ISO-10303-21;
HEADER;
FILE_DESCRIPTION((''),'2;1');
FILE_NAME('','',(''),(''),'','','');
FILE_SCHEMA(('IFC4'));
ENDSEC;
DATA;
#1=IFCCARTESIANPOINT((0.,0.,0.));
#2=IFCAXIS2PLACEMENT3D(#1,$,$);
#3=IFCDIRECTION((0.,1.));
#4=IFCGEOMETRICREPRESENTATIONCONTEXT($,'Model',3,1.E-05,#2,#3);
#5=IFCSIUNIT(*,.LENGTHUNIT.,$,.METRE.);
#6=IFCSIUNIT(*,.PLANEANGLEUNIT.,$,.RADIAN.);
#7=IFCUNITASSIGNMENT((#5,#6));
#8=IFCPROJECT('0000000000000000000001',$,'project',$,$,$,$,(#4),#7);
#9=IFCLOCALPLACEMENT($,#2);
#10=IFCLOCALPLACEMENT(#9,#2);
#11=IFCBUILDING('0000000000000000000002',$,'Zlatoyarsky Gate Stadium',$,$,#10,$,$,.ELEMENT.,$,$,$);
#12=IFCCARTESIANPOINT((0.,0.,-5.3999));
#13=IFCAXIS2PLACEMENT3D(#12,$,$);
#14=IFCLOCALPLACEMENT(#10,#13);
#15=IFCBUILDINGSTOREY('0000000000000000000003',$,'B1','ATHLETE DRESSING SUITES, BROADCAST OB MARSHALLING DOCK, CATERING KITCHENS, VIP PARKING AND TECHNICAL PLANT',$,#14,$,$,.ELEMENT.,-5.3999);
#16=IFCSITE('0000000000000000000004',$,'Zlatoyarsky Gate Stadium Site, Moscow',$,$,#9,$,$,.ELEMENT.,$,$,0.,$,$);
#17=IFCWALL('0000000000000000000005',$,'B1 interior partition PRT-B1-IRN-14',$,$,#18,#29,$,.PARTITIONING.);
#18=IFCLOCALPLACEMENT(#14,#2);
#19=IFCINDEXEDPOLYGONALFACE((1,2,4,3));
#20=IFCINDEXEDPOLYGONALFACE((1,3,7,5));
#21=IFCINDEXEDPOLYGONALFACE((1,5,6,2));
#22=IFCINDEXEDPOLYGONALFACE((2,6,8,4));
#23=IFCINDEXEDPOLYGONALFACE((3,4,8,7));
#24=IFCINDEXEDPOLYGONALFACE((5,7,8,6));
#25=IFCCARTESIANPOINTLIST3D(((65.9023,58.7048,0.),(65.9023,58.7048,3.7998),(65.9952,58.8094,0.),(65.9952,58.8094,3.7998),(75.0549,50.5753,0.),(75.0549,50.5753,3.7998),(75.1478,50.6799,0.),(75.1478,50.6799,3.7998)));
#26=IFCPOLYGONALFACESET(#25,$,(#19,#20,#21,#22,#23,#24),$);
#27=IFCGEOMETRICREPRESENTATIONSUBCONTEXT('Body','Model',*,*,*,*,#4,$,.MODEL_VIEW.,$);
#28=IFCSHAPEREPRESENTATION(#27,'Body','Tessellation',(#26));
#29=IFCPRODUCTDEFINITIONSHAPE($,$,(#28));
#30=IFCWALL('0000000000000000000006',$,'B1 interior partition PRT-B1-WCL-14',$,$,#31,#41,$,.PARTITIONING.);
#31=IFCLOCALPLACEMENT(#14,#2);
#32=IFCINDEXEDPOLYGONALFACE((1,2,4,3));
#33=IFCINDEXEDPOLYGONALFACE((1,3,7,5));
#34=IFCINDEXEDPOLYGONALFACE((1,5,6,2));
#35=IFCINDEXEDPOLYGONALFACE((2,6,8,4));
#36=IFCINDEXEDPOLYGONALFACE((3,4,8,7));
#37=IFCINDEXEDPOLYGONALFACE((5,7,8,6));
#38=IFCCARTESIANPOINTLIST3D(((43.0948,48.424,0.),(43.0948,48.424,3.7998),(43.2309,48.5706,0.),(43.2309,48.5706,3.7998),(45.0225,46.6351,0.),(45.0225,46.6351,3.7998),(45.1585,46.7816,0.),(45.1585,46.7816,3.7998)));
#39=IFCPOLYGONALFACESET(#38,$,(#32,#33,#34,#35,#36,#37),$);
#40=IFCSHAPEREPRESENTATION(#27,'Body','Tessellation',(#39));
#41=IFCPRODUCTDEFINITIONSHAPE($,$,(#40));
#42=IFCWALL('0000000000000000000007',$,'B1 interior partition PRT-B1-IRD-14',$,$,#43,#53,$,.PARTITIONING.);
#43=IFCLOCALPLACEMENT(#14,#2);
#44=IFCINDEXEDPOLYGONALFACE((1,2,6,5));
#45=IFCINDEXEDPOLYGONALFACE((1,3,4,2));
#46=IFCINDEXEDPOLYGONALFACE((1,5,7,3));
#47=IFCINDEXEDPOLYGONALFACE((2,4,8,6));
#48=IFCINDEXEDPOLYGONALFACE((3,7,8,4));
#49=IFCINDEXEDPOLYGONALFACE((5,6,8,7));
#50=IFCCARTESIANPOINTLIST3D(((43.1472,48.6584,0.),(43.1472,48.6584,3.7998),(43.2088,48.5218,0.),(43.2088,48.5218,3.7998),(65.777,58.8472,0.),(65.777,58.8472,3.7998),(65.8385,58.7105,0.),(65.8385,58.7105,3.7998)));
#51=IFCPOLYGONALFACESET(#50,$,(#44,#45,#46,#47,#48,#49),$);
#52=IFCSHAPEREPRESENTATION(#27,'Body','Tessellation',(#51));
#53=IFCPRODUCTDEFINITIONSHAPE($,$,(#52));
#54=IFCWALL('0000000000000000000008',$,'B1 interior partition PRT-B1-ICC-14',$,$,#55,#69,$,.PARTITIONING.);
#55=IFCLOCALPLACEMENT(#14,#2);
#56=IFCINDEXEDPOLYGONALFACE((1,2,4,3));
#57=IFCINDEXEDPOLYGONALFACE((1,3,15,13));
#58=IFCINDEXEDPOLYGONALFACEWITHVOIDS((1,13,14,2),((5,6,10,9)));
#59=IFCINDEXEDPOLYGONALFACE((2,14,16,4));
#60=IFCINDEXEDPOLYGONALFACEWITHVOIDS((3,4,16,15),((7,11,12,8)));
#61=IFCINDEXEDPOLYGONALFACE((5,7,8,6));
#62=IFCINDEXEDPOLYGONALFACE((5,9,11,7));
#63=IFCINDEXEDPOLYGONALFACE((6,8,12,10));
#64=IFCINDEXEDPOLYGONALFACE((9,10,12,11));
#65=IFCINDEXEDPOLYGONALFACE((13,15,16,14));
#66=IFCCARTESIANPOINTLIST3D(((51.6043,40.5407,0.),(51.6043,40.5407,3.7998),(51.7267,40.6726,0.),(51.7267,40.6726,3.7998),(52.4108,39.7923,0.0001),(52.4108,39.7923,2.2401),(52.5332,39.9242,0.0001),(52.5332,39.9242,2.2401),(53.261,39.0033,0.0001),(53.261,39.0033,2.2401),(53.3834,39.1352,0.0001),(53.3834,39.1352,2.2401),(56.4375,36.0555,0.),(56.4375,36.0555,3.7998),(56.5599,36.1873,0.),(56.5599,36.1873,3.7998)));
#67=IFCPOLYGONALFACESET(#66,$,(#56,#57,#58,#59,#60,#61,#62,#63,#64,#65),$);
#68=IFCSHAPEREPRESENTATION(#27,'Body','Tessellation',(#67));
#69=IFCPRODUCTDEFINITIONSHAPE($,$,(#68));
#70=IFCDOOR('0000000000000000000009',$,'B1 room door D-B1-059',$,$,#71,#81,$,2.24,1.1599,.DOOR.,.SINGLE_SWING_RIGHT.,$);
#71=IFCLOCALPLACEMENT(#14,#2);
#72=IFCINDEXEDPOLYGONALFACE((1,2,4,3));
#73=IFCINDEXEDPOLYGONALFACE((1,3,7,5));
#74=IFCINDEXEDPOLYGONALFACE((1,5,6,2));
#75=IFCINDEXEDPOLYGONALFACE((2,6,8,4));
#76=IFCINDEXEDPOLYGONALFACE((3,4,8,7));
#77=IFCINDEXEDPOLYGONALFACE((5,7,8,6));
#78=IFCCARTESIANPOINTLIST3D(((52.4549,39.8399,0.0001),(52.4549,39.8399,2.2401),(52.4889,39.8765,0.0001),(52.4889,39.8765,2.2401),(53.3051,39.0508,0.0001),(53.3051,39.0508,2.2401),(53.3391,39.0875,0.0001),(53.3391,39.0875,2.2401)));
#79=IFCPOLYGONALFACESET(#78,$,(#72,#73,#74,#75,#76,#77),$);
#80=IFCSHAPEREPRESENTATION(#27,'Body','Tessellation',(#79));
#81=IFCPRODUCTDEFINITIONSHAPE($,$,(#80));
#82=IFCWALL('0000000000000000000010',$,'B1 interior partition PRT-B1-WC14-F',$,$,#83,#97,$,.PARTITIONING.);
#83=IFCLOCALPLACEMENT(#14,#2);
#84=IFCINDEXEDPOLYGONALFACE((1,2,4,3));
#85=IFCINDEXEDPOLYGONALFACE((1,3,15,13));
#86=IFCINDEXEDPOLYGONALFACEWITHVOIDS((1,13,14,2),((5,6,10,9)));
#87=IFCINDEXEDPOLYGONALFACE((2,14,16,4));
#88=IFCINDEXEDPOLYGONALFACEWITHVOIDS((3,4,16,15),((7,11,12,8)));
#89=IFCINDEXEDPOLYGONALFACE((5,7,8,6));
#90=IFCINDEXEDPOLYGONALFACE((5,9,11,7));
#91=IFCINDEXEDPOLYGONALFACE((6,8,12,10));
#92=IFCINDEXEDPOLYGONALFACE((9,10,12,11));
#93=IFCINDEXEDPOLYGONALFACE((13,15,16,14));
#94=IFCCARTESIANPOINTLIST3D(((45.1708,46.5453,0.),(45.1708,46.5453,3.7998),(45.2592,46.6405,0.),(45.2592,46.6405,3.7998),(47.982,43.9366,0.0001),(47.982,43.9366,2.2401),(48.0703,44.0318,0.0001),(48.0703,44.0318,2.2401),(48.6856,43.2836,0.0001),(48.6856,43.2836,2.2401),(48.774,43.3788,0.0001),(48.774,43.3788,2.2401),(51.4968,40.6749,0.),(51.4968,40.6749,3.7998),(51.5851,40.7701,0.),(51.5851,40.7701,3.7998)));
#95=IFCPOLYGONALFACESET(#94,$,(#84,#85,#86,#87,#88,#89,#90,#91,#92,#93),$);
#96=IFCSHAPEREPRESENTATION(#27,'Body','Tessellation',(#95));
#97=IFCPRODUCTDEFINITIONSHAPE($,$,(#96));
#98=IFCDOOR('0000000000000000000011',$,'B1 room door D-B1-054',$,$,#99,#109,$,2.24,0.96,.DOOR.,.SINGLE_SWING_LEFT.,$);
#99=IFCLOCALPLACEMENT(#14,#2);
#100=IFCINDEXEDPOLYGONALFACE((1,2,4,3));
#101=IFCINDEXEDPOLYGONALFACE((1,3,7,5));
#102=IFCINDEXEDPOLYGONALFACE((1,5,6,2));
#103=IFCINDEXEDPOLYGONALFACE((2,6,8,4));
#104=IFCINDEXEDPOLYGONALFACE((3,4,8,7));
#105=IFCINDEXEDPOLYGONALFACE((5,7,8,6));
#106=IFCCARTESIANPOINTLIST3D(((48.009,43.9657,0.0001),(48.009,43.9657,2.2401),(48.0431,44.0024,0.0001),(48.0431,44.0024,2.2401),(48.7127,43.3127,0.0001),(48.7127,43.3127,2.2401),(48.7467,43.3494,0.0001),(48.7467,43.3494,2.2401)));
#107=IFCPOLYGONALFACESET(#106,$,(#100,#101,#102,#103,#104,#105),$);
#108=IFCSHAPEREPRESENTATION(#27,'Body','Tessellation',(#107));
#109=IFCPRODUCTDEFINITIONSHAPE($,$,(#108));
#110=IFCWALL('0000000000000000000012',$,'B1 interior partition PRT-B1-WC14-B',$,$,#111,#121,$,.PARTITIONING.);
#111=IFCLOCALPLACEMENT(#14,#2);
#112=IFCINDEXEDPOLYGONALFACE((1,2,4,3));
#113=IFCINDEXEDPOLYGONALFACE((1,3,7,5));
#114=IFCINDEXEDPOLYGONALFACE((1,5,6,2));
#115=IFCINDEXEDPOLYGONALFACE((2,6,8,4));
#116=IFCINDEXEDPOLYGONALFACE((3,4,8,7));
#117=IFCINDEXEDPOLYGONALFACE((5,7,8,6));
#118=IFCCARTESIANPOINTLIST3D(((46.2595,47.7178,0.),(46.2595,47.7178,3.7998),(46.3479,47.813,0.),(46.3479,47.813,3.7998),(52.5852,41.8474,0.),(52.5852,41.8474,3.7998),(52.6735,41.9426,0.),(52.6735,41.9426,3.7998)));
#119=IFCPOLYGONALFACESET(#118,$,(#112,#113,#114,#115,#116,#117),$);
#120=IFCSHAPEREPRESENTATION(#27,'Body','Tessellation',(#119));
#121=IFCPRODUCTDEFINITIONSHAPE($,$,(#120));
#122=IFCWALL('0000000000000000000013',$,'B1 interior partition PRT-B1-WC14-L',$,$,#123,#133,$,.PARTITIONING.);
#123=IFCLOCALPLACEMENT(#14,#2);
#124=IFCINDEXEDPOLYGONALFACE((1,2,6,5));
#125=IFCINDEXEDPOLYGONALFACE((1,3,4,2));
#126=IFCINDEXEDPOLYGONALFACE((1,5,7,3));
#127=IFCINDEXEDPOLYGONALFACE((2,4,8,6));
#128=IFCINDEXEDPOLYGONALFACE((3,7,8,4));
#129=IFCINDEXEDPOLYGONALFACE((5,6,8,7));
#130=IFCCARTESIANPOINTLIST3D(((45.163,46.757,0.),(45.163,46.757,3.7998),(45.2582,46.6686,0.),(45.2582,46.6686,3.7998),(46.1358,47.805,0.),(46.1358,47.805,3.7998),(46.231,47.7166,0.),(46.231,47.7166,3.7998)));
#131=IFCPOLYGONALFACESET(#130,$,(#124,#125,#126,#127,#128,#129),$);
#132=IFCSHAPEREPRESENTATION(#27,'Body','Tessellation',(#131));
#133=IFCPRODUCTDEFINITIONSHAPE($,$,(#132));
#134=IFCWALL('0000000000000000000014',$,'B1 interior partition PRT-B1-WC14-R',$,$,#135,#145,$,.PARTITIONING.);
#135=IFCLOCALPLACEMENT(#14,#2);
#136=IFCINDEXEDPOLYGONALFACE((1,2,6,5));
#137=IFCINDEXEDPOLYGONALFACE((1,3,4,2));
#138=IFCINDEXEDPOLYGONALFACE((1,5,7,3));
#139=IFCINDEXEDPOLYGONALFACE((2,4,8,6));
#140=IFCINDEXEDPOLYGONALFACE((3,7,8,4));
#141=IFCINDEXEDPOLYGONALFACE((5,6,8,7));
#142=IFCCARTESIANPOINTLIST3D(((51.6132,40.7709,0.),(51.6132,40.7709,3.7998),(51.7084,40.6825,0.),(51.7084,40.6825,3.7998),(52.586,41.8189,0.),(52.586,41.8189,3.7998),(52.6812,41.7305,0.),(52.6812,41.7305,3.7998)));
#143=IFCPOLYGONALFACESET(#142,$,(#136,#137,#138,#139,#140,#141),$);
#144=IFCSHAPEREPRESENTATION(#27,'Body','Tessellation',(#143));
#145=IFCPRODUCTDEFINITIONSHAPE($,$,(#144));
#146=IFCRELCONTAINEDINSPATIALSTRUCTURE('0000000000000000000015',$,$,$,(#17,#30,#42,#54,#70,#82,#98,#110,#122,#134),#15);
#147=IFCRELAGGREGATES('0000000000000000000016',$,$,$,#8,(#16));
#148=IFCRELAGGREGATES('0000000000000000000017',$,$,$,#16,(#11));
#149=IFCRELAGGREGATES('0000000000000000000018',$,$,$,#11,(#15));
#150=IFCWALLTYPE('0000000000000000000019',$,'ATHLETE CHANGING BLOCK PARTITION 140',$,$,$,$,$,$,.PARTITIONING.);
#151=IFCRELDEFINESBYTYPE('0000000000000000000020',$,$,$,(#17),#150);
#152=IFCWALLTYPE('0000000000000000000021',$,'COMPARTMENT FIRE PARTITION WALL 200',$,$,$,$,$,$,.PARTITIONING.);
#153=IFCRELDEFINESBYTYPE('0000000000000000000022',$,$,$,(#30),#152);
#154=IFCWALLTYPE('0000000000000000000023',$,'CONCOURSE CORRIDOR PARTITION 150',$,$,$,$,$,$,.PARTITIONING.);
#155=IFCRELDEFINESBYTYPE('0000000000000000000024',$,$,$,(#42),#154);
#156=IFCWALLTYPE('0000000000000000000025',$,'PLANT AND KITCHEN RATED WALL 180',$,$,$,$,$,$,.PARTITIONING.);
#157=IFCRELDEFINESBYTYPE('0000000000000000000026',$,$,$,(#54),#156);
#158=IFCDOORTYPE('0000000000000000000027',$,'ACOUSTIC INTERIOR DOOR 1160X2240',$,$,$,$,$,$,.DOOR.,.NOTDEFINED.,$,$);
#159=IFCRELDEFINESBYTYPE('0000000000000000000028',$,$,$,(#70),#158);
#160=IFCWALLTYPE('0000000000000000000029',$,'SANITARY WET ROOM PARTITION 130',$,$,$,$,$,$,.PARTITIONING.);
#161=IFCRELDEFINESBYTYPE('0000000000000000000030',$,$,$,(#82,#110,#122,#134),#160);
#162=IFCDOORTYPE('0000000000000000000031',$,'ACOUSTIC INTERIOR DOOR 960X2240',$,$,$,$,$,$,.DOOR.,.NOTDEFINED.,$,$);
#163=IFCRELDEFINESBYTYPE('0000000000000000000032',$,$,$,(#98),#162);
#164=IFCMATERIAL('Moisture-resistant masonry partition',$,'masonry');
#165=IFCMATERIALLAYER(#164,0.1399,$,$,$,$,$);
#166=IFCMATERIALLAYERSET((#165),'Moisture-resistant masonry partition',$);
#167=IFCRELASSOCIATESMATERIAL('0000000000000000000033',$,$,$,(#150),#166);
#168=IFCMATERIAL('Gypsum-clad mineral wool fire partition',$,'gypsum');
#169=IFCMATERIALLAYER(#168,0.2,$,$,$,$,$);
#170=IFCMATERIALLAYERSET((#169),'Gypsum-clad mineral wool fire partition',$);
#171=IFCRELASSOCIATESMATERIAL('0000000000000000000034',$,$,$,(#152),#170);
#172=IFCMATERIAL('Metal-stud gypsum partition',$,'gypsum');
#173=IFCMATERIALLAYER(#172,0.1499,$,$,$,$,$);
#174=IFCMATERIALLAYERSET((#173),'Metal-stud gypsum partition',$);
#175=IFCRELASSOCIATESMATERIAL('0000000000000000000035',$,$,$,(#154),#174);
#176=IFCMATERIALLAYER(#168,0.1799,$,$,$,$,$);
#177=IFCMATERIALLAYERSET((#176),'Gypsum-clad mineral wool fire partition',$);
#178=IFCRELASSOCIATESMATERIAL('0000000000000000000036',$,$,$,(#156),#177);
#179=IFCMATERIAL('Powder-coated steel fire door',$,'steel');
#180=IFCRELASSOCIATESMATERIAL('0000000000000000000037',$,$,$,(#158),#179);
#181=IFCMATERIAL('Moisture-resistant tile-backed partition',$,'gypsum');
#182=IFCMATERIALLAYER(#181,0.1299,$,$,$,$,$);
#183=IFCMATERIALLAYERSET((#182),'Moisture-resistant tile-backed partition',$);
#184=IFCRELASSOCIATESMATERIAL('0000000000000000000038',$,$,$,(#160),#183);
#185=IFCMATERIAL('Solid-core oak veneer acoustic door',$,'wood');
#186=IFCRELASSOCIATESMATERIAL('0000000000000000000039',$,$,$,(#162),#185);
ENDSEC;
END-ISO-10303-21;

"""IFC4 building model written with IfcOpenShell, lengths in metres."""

from ifc_helpers import new_model, si_unit, direction, frame, frame_2d, origin, place, context, subcontext, project, spatial, rectangle, extrude, material, layer, layer_set, type_object, element, fill, save


model = new_model("IFC4")

# Units and contexts
model_context = context("Model", 3, precision=1e-05, world=origin(), true_north=direction((0.0, 1.0)))
body_context = subcontext(model_context, "Body", "Model", "MODEL_VIEW")
ifc_project = project(units=[si_unit("LENGTHUNIT", "METRE"), si_unit("PLANEANGLEUNIT", "RADIAN")], contexts=[model_context])

# Site, building, storey
site_placement = place(None, origin())
site = spatial("IfcSite", under=ifc_project, at=site_placement, Name="Zlatoyarsky Gate Stadium Site, Moscow", CompositionType="ELEMENT", RefElevation=0.0)
building_placement = place(site_placement, origin())
building = spatial("IfcBuilding", under=site, at=building_placement, Name="Zlatoyarsky Gate Stadium", CompositionType="ELEMENT")
storey_placement = place(building_placement, frame((0.0, 0.0, -5.3999)))
storey = spatial("IfcBuildingStorey", under=building, at=storey_placement, Name="B1", Description="ATHLETE DRESSING SUITES, BROADCAST OB MARSHALLING DOCK, CATERING KITCHENS, VIP PARKING AND TECHNICAL PLANT", CompositionType="ELEMENT", Elevation=-5.3999)

# Walls
ifc_material_1 = material(Name="Moisture-resistant masonry partition", Category="masonry")
ifc_layer_1 = layer(ifc_material_1, 0.1399)
ifc_layer_set_1 = layer_set([ifc_layer_1], Name="Moisture-resistant masonry partition")
wall_type_1 = type_object("IfcWallType", Name="ATHLETE CHANGING BLOCK PARTITION 140", PredefinedType="PARTITIONING", material=ifc_layer_set_1)
wall_1_placement = place(storey_placement, frame((65.9487, 58.7571, 0.0), z_axis=(0.0, 0.0, 1.0), x_axis=(0.747662, -0.664079, 0.0)))
element("IfcWall", 1, at=wall_1_placement, inside=storey, type_object=wall_type_1, Name="B1 interior partition PRT-B1-IRN-14", PredefinedType="PARTITIONING", context=body_context, shape_type="SweptSolid", body=[
    extrude(rectangle(XDim=12.2417, YDim=0.1399, at=frame_2d((6.1208, 0.0))), origin(), (0.0, 0.0, 1.0), 3.7998),
])
ifc_material_2 = material(Name="Gypsum-clad mineral wool fire partition", Category="gypsum")
ifc_layer_2 = layer(ifc_material_2, 0.2)
ifc_layer_set_2 = layer_set([ifc_layer_2], Name="Gypsum-clad mineral wool fire partition")
wall_type_2 = type_object("IfcWallType", Name="COMPARTMENT FIRE PARTITION WALL 200", PredefinedType="PARTITIONING", material=ifc_layer_set_2)
wall_2_placement = place(storey_placement, frame((43.1628, 48.4973, 0.0), z_axis=(0.0, 0.0, 1.0), x_axis=(0.732979, -0.680252, 0.0)))
element("IfcWall", 2, at=wall_2_placement, inside=storey, type_object=wall_type_2, Name="B1 interior partition PRT-B1-WCL-14", PredefinedType="PARTITIONING", context=body_context, shape_type="SweptSolid", body=[
    extrude(rectangle(XDim=2.6299, YDim=0.2, at=frame_2d((1.3149, 0.0))), origin(), (0.0, 0.0, 1.0), 3.7998),
])
ifc_material_3 = material(Name="Metal-stud gypsum partition", Category="gypsum")
ifc_layer_3 = layer(ifc_material_3, 0.1499)
ifc_layer_set_3 = layer_set([ifc_layer_3], Name="Metal-stud gypsum partition")
wall_type_3 = type_object("IfcWallType", Name="CONCOURSE CORRIDOR PARTITION 150", PredefinedType="PARTITIONING", material=ifc_layer_set_3)
wall_3_placement = place(storey_placement, frame((65.8076, 58.7788, 0.0), z_axis=(0.0, 0.0, 1.0), x_axis=(-0.91184, -0.410545, 0.0)))
element("IfcWall", 3, at=wall_3_placement, inside=storey, type_object=wall_type_3, Name="B1 interior partition PRT-B1-IRD-14", PredefinedType="PARTITIONING", context=body_context, shape_type="SweptSolid", body=[
    extrude(rectangle(XDim=24.8176, YDim=0.1499, at=frame_2d((12.4087, 0.0))), origin(), (0.0, 0.0, 1.0), 3.7998),
])

# Walls, openings, doors
ifc_layer_4 = layer(ifc_material_2, 0.1799)
ifc_layer_set_4 = layer_set([ifc_layer_4], Name="Gypsum-clad mineral wool fire partition")
wall_type_4 = type_object("IfcWallType", Name="PLANT AND KITCHEN RATED WALL 180", PredefinedType="PARTITIONING", material=ifc_layer_set_4)
wall_4_placement = place(storey_placement, frame((51.6655, 40.6067, 0.0), z_axis=(0.0, 0.0, 1.0), x_axis=(0.732995, -0.680234, 0.0)))
wall_4 = element("IfcWall", 4, at=wall_4_placement, inside=storey, type_object=wall_type_4, Name="B1 interior partition PRT-B1-ICC-14", PredefinedType="PARTITIONING", context=body_context, shape_type="SweptSolid", body=[
    extrude(rectangle(XDim=6.5938, YDim=0.1799, at=frame_2d((3.2969, 0.0))), origin(), (0.0, 0.0, 1.0), 3.7998),
])
opening_1_placement = place(wall_4_placement, frame((1.1001, 0.0, 0.0)))
opening_1 = element("IfcOpeningElement", 5, at=opening_1_placement, cuts=wall_4, PredefinedType="OPENING", context=body_context, shape_type="SweptSolid", body=[
    extrude(rectangle(XDim=1.1599, YDim=2.24, at=frame_2d((0.5801, 1.1201))), frame((0.0, 0.0999, 0.0), z_axis=(0.0, -1.0, 0.0), x_axis=(1.0, 0.0, 0.0)), (0.0, 0.0, 1.0), 0.2),
])
ifc_material_4 = material(Name="Powder-coated steel fire door", Category="steel")
door_type_1 = type_object("IfcDoorType", Name="ACOUSTIC INTERIOR DOOR 1160X2240", OperationType="NOTDEFINED", PredefinedType="DOOR", material=ifc_material_4)
door_1_placement = place(opening_1_placement, origin())
door_1 = element("IfcDoor", 6, at=door_1_placement, inside=storey, type_object=door_type_1, Name="B1 room door D-B1-059", OperationType="SINGLE_SWING_RIGHT", OverallHeight=2.24, OverallWidth=1.1599, PredefinedType="DOOR", context=body_context, shape_type="SweptSolid", body=[
    extrude(rectangle(XDim=1.1599, YDim=2.24, at=frame_2d((0.5801, 1.1201))), frame((0.0, 0.0249, 0.0), z_axis=(0.0, -1.0, 0.0), x_axis=(1.0, 0.0, 0.0)), (0.0, 0.0, 1.0), 0.05),
])
fill(opening_1, door_1)
ifc_material_5 = material(Name="Moisture-resistant tile-backed partition", Category="gypsum")
ifc_layer_5 = layer(ifc_material_5, 0.1299)
ifc_layer_set_5 = layer_set([ifc_layer_5], Name="Moisture-resistant tile-backed partition")
wall_type_5 = type_object("IfcWallType", Name="SANITARY WET ROOM PARTITION 130", PredefinedType="PARTITIONING", material=ifc_layer_set_5)
wall_5_placement = place(storey_placement, frame((45.2151, 46.5928, 0.0), z_axis=(0.0, 0.0, 1.0), x_axis=(0.733008, -0.68022, 0.0)))
wall_5 = element("IfcWall", 7, at=wall_5_placement, inside=storey, type_object=wall_type_5, Name="B1 interior partition PRT-B1-WC14-F", PredefinedType="PARTITIONING", context=body_context, shape_type="SweptSolid", body=[
    extrude(rectangle(XDim=8.6301, YDim=0.1299, at=frame_2d((4.3149, 0.0))), origin(), (0.0, 0.0, 1.0), 3.7998),
])
opening_2_placement = place(wall_5_placement, frame((3.835, 0.0, 0.0)))
opening_2 = element("IfcOpeningElement", 8, at=opening_2_placement, cuts=wall_5, PredefinedType="OPENING", context=body_context, shape_type="SweptSolid", body=[
    extrude(rectangle(XDim=0.96, YDim=2.24, at=frame_2d((0.48, 1.1201))), frame((0.0, 0.075, 0.0), z_axis=(0.0, -1.0, 0.0), x_axis=(1.0, 0.0, 0.0)), (0.0, 0.0, 1.0), 0.1499),
])
ifc_material_6 = material(Name="Solid-core oak veneer acoustic door", Category="wood")
door_type_2 = type_object("IfcDoorType", Name="ACOUSTIC INTERIOR DOOR 960X2240", OperationType="NOTDEFINED", PredefinedType="DOOR", material=ifc_material_6)
door_2_placement = place(opening_2_placement, origin())
door_2 = element("IfcDoor", 9, at=door_2_placement, inside=storey, type_object=door_type_2, Name="B1 room door D-B1-054", OperationType="SINGLE_SWING_LEFT", OverallHeight=2.24, OverallWidth=0.96, PredefinedType="DOOR", context=body_context, shape_type="SweptSolid", body=[
    extrude(rectangle(XDim=0.96, YDim=2.24, at=frame_2d((0.48, 1.1201))), frame((0.0, 0.0249, 0.0), z_axis=(0.0, -1.0, 0.0), x_axis=(1.0, 0.0, 0.0)), (0.0, 0.0, 1.0), 0.05),
])
fill(opening_2, door_2)

# Walls
wall_6_placement = place(storey_placement, frame((46.3037, 47.7654, 0.0), z_axis=(0.0, 0.0, 1.0), x_axis=(0.732995, -0.680234, 0.0)))
element("IfcWall", 10, at=wall_6_placement, inside=storey, type_object=wall_type_5, Name="B1 interior partition PRT-B1-WC14-B", PredefinedType="PARTITIONING", context=body_context, shape_type="SweptSolid", body=[
    extrude(rectangle(XDim=8.6299, YDim=0.1299, at=frame_2d((4.3149, 0.0))), origin(), (0.0, 0.0, 1.0), 3.7998),
])
for number, where, z_axis, x_axis, name in (
    (11, (45.2107, 46.7129, 0.0), (0.0, 0.0, 1.0), (0.680327, 0.732909, 0.0), "B1 interior partition PRT-B1-WC14-L"),
    (12, (51.6609, 40.7268, 0.0), (0.0, 0.0, 1.0), (0.680327, 0.732909, 0.0), "B1 interior partition PRT-B1-WC14-R"),
):
    element("IfcWall", number, at=place(storey_placement, frame(where, z_axis=z_axis, x_axis=x_axis)), inside=storey, type_object=wall_type_5, Name=name, PredefinedType="PARTITIONING", context=body_context, shape_type="SweptSolid", body=[
        extrude(rectangle(XDim=1.4299, YDim=0.1299, at=frame_2d((0.7148, 0.0))), origin(), (0.0, 0.0, 1.0), 3.7998),
    ])

save(model, "model.ifc")
